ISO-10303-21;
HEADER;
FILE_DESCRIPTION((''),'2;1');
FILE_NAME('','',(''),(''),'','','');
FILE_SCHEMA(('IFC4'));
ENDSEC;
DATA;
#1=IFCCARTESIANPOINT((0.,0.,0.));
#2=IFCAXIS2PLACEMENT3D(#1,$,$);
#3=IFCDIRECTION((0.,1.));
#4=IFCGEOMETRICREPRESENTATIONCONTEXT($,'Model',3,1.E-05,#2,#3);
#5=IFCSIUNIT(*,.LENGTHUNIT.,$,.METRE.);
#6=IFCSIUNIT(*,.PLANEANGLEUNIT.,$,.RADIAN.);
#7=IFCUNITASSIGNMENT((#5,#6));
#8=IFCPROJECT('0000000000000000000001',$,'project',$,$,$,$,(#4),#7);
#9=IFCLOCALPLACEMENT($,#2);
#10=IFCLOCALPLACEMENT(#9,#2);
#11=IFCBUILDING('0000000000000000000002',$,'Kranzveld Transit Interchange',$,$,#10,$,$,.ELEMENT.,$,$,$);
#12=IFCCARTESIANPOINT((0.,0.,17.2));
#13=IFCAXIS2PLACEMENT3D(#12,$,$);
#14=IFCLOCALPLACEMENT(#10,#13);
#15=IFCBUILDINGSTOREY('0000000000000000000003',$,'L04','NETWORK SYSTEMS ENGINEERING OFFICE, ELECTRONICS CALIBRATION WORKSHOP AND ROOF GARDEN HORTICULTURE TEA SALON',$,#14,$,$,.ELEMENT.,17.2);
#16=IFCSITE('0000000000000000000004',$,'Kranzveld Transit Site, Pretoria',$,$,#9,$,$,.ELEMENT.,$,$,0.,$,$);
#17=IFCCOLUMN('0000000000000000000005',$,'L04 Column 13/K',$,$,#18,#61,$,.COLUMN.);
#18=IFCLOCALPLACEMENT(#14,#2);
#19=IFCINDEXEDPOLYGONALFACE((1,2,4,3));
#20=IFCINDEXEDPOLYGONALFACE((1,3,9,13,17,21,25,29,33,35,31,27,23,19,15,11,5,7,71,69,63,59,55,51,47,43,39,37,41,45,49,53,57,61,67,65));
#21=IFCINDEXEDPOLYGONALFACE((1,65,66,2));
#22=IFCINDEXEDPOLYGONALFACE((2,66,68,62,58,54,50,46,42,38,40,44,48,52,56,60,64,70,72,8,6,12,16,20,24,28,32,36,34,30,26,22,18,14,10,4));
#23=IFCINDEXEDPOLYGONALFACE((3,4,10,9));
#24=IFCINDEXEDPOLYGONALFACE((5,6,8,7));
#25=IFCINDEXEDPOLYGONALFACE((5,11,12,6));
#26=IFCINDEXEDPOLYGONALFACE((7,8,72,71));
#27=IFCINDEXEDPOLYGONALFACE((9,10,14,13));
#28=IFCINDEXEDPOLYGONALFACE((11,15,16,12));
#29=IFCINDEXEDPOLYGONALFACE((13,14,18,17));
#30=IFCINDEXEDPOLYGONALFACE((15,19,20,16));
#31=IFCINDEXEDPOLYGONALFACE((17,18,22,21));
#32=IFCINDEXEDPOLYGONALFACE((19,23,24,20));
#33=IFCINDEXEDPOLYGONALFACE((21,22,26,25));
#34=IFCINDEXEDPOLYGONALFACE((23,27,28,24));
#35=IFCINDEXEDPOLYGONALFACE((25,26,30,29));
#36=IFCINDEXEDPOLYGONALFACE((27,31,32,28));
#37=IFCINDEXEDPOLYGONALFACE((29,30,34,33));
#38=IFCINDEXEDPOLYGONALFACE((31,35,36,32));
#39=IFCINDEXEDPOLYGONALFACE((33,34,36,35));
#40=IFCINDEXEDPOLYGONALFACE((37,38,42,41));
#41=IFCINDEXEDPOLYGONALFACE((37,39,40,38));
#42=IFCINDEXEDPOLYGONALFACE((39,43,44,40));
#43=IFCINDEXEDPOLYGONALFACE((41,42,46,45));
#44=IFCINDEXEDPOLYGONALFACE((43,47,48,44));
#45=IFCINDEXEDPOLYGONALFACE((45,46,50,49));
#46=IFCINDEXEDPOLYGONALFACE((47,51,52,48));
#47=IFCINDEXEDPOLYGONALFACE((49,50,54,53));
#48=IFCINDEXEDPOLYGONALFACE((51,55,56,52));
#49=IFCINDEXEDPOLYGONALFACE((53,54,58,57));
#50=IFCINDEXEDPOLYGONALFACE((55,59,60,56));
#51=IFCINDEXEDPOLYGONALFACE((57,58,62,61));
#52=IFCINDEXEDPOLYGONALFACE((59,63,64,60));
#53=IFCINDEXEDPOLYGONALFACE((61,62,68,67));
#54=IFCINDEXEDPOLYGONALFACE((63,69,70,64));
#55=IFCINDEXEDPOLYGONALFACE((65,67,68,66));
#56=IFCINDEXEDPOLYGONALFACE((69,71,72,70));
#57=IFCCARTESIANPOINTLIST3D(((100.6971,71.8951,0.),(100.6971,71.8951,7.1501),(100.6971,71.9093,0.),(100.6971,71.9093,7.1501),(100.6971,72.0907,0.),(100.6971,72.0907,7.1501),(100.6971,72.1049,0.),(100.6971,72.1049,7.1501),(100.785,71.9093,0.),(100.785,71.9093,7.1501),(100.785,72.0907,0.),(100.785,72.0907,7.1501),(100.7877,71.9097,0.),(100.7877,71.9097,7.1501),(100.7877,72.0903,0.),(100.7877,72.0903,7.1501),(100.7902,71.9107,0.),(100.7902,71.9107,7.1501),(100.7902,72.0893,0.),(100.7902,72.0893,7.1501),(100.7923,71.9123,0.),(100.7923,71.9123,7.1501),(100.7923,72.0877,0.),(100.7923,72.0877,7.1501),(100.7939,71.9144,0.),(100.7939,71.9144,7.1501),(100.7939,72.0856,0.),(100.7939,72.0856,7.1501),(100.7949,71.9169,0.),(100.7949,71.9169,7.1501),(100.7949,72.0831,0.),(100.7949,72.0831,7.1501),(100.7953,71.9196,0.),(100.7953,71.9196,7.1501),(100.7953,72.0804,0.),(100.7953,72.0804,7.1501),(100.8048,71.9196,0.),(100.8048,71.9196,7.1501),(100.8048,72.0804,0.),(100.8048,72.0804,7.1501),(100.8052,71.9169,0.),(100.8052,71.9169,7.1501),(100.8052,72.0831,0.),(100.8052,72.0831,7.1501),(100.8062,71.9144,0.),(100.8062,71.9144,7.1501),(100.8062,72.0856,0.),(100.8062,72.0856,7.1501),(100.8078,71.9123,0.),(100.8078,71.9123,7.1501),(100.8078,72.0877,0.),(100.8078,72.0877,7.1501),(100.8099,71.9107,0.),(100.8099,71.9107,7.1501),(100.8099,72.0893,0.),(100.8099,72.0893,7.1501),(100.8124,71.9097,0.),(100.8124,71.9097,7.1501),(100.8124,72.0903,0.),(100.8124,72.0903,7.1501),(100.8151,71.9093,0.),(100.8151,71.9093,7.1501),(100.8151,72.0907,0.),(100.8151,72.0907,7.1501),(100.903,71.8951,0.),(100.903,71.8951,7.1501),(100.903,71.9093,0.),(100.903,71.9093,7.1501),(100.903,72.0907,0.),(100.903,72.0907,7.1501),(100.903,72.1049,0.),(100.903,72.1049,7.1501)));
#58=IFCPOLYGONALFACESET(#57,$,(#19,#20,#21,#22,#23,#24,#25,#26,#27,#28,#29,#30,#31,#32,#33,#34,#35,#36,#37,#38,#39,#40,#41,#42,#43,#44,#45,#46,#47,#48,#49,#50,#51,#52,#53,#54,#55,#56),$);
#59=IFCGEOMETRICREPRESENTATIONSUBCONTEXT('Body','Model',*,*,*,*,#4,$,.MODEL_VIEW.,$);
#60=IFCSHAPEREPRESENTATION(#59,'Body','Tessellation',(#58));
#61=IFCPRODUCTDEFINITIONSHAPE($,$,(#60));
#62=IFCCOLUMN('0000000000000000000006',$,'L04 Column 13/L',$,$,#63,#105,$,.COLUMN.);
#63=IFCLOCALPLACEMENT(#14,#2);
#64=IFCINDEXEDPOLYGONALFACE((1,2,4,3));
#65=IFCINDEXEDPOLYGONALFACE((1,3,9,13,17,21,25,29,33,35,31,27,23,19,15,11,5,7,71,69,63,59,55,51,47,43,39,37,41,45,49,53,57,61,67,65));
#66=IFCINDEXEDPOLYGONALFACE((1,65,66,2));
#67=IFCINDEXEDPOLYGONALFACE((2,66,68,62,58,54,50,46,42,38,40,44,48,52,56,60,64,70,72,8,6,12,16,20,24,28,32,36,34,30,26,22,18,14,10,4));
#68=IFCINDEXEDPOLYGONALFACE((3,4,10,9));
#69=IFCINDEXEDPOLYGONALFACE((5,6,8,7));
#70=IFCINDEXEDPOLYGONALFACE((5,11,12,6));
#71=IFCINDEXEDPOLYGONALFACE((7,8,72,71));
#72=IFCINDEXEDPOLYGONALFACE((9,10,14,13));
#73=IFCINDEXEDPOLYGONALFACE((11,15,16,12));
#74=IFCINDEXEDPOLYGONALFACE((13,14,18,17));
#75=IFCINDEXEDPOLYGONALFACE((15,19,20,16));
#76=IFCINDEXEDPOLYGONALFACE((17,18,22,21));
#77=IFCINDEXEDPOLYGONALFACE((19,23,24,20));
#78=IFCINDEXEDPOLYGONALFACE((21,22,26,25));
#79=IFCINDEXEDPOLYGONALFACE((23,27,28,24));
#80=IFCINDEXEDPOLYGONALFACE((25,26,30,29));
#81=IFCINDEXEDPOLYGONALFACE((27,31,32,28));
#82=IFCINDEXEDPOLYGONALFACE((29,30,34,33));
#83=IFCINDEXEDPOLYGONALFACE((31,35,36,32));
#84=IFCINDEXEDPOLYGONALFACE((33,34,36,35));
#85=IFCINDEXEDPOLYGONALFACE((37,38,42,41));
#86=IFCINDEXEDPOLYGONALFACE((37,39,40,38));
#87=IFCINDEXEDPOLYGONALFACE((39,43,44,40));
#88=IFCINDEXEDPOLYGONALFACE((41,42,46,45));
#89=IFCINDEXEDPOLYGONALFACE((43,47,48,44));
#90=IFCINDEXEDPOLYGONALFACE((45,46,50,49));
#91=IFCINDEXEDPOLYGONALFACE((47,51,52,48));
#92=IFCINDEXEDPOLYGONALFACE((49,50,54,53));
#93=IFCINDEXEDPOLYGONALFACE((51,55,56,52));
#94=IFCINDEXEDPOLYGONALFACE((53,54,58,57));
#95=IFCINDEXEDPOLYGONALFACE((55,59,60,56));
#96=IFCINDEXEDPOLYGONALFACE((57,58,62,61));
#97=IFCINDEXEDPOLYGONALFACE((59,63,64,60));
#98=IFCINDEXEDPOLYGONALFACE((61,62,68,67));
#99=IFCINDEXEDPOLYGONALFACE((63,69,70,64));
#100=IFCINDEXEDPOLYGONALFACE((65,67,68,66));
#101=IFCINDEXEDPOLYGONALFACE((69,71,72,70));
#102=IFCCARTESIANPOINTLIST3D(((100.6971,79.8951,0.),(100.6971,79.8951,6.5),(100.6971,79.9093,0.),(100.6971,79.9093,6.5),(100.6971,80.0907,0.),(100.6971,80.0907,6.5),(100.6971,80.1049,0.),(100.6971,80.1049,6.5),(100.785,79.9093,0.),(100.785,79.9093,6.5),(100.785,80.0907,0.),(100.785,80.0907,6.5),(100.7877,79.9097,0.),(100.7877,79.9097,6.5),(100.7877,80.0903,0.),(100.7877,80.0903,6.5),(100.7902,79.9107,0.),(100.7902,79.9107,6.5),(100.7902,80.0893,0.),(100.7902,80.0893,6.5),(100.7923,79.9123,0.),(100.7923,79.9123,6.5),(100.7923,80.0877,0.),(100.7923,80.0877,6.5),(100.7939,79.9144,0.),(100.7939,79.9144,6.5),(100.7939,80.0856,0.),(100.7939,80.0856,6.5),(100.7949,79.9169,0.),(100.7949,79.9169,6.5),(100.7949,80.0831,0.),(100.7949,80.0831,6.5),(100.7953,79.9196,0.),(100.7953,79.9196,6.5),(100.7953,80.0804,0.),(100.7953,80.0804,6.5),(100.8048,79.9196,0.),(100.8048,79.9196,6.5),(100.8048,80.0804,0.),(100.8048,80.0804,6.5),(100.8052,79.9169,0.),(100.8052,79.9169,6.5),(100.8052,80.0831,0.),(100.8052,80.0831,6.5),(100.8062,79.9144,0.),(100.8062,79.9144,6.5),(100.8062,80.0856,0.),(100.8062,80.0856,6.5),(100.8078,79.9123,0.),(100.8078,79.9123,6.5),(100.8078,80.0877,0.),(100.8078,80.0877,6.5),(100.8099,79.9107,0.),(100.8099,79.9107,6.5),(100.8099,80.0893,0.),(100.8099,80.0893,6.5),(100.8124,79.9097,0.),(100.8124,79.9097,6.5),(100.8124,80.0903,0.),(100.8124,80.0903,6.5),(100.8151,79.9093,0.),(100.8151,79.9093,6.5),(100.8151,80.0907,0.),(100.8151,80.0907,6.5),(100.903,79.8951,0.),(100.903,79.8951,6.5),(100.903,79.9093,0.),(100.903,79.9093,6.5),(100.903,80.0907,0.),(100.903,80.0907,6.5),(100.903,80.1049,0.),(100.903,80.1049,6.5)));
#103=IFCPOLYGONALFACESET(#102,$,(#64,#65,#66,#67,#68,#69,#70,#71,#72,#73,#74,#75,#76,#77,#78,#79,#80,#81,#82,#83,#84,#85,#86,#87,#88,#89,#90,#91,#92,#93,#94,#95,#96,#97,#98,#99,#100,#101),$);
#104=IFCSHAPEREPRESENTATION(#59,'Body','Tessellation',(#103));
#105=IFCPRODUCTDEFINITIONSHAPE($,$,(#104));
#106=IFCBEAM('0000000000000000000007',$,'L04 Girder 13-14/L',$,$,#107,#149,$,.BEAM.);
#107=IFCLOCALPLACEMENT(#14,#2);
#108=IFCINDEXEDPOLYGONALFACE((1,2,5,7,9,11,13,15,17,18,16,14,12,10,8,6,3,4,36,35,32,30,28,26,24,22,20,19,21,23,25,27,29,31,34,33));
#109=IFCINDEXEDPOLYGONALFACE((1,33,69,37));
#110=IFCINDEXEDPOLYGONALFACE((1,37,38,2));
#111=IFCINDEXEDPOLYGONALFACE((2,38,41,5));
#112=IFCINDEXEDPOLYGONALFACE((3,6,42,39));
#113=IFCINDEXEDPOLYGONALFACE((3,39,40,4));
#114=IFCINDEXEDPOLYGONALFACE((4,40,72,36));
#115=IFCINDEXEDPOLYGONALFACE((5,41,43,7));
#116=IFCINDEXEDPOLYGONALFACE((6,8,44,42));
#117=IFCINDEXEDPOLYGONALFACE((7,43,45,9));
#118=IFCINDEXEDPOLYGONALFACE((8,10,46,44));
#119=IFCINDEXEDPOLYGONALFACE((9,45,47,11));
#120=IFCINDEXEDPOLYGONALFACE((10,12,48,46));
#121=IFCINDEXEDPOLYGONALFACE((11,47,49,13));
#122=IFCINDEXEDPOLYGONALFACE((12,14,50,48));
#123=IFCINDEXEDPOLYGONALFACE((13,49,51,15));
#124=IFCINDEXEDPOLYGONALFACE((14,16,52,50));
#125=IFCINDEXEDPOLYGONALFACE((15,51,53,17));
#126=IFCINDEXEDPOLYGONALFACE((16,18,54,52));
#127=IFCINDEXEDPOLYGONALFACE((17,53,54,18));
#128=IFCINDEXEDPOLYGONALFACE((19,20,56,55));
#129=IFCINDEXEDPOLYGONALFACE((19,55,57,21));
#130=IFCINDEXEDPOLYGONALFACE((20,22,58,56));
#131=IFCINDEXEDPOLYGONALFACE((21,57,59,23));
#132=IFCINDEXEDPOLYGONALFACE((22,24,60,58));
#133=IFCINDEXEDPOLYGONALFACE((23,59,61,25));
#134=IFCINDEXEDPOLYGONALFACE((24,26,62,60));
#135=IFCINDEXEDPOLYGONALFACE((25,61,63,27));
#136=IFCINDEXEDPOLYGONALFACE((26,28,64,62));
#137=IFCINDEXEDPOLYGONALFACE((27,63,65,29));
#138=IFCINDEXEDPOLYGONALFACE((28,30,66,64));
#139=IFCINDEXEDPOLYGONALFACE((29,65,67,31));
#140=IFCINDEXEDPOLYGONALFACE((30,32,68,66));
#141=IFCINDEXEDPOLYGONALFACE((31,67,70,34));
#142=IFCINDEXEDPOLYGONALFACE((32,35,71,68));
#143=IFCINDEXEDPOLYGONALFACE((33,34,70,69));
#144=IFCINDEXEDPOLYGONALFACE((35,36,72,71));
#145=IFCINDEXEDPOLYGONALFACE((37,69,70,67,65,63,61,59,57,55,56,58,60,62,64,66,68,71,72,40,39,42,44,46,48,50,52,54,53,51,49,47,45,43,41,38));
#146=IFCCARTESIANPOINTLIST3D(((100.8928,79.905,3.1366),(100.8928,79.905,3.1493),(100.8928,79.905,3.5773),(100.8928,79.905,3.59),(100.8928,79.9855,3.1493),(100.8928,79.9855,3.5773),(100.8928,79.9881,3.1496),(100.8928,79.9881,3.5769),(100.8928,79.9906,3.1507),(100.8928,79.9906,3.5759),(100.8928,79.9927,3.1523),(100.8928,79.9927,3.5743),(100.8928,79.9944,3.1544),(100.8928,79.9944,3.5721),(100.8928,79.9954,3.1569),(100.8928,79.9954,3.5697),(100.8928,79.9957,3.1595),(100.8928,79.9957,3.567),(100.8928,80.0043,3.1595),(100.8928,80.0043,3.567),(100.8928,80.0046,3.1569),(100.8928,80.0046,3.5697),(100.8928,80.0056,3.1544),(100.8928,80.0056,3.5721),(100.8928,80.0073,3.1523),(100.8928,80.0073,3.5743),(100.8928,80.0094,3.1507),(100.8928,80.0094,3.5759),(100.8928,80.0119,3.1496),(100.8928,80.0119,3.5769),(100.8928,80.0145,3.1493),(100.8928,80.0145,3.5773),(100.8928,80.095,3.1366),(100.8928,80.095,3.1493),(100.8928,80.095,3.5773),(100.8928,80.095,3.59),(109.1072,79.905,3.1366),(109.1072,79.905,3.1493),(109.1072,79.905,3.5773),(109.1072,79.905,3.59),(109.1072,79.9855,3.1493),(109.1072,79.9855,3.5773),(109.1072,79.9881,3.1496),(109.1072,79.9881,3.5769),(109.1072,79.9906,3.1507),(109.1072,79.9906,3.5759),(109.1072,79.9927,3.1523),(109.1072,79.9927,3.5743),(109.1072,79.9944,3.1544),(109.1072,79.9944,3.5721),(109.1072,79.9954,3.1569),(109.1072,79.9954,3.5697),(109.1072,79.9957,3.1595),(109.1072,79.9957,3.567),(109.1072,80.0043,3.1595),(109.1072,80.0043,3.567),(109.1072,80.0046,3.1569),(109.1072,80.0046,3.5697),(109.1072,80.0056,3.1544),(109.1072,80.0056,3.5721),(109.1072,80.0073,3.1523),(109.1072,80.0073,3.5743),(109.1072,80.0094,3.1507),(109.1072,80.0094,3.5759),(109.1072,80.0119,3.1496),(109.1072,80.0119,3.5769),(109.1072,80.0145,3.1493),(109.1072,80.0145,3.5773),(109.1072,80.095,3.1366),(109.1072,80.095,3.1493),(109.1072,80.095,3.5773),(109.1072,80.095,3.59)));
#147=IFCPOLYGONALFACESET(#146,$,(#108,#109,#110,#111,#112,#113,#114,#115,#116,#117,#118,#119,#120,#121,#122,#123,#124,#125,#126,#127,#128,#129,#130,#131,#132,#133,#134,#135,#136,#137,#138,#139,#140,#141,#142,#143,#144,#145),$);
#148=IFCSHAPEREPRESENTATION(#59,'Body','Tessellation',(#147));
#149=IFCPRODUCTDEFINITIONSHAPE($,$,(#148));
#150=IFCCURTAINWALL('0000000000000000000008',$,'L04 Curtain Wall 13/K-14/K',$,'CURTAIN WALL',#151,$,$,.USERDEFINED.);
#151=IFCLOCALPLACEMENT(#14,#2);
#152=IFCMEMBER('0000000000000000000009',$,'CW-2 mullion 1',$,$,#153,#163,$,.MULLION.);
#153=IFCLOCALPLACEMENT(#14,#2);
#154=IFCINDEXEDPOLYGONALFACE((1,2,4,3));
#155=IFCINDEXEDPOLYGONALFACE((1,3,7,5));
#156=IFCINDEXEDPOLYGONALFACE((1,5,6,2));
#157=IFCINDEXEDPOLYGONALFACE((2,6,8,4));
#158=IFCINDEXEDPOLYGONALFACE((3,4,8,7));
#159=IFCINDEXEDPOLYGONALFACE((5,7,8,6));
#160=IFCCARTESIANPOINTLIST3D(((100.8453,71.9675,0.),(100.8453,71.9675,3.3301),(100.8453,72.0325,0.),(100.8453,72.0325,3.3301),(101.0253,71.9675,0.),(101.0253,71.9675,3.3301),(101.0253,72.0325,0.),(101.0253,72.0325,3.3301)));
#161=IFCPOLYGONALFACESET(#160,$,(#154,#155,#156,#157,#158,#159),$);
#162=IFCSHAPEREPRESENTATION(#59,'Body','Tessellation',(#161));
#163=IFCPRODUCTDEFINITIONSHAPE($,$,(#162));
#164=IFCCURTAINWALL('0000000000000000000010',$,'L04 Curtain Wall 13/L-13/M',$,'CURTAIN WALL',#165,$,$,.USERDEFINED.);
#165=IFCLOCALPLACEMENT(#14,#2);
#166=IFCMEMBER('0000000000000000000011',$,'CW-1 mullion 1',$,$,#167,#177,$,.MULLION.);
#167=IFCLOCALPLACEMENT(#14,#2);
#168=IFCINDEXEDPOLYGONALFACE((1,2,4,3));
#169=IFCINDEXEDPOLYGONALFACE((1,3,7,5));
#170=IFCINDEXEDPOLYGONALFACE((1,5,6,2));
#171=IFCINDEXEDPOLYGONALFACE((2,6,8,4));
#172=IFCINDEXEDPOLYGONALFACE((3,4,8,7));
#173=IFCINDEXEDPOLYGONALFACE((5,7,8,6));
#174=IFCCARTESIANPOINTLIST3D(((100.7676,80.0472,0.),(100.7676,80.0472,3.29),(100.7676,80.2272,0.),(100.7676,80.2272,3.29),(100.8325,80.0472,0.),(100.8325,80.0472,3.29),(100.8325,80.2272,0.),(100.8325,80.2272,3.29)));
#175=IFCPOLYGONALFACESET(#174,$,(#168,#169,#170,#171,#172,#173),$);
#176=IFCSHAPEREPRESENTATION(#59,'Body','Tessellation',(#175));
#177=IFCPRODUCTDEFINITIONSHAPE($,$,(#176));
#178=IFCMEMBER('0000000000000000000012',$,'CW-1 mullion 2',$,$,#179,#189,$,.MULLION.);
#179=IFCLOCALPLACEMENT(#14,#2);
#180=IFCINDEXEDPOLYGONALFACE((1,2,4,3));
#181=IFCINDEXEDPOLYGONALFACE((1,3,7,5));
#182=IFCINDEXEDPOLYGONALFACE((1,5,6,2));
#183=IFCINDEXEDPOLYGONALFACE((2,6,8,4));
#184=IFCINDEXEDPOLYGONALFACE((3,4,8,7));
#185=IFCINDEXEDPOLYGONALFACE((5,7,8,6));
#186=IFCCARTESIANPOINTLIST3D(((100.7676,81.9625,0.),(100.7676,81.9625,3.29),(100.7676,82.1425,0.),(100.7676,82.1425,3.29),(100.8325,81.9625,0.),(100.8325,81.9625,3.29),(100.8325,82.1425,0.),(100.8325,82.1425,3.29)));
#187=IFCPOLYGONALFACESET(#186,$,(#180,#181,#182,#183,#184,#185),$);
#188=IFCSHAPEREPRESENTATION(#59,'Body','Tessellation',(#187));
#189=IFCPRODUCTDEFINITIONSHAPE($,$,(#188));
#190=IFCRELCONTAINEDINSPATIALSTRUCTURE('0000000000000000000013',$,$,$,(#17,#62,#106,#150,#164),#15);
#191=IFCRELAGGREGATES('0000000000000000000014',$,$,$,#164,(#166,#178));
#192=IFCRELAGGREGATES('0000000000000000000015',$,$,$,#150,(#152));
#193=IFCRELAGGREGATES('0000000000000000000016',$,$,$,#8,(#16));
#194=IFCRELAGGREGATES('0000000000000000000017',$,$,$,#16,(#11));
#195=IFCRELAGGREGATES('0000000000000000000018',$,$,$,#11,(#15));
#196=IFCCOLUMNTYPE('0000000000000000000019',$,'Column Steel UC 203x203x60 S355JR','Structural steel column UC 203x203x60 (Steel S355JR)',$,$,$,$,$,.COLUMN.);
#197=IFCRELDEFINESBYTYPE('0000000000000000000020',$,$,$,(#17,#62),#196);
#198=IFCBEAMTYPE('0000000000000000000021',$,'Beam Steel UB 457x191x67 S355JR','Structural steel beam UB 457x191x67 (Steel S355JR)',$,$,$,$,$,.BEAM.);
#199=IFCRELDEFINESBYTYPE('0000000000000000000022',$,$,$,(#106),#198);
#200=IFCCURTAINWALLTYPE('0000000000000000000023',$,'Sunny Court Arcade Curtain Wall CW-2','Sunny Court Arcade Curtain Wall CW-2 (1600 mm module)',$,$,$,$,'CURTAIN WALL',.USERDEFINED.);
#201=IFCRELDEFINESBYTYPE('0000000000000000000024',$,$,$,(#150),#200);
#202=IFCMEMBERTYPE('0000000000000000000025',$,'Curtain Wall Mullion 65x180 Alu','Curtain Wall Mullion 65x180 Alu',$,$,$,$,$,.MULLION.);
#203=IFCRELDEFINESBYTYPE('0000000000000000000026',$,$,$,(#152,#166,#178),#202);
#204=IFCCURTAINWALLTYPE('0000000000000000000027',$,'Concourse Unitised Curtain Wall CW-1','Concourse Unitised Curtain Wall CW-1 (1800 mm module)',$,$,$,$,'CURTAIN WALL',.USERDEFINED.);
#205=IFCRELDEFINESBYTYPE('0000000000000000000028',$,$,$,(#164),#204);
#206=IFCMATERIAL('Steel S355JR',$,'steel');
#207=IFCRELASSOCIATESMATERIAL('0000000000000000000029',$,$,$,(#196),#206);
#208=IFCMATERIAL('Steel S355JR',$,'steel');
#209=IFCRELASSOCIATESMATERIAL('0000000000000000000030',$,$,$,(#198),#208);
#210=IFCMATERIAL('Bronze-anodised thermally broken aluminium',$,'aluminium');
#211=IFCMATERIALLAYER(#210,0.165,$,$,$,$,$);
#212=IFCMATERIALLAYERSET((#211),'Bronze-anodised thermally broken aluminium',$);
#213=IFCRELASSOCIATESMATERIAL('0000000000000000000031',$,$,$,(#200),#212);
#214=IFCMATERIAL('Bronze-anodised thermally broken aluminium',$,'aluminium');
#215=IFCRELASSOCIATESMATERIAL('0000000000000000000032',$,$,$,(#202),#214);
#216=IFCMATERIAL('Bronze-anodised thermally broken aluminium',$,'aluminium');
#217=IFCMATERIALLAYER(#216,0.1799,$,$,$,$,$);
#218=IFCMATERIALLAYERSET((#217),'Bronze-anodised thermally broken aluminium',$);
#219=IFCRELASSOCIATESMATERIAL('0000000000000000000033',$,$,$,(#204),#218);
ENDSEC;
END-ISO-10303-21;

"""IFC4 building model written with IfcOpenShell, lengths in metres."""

from ifc_helpers import new_model, si_unit, direction, frame, origin, origin_2d, place, context, subcontext, project, spatial, rectangle, i_section, extrude, material, layer, layer_set, material_profile, profile_set, type_object, element, aggregate, save


model = new_model("IFC4")

# Units and contexts
model_context = context("Model", 3, precision=1e-05, world=origin(), true_north=direction((0.0, 1.0)))
body_context = subcontext(model_context, "Body", "Model", "MODEL_VIEW")
ifc_project = project(units=[si_unit("LENGTHUNIT", "METRE"), si_unit("PLANEANGLEUNIT", "RADIAN")], contexts=[model_context])

# Site, building, storey
site_placement = place(None, origin())
site = spatial("IfcSite", under=ifc_project, at=site_placement, Name="Kranzveld Transit Site, Pretoria", CompositionType="ELEMENT", RefElevation=0.0)
building_placement = place(site_placement, origin())
building = spatial("IfcBuilding", under=site, at=building_placement, Name="Kranzveld Transit Interchange", CompositionType="ELEMENT")
storey_placement = place(building_placement, frame((0.0, 0.0, 17.2)))
storey = spatial("IfcBuildingStorey", under=building, at=storey_placement, Name="L04", Description="NETWORK SYSTEMS ENGINEERING OFFICE, ELECTRONICS CALIBRATION WORKSHOP AND ROOF GARDEN HORTICULTURE TEA SALON", CompositionType="ELEMENT", Elevation=17.2)

# Columns
ifc_material_1 = material(Name="Steel S355JR", Category="steel")
ifc_material_profile_1 = material_profile(ifc_material_1, i_section(OverallWidth=0.2058, OverallDepth=0.2097, WebThickness=0.0095, FlangeThickness=0.0142, FilletRadius=0.0103, at=origin_2d()), Name="UC 203x203x60")
ifc_profile_set_1 = profile_set([ifc_material_profile_1], Name="Steel S355JR")
column_type = type_object("IfcColumnType", Name="Column Steel UC 203x203x60 S355JR", Description="Structural steel column UC 203x203x60 (Steel S355JR)", PredefinedType="COLUMN", material=ifc_profile_set_1)
column_1_placement = place(storey_placement, frame((100.8, 72.0, 0.0), z_axis=(0.0, 0.0, 1.0), x_axis=(1.0, 0.0, 0.0)))
element("IfcColumn", 1, at=column_1_placement, inside=storey, type_object=column_type, Name="L04 Column 13/K", PredefinedType="COLUMN", context=body_context, shape_type="SweptSolid", body=[
    extrude(i_section(OverallWidth=0.2058, OverallDepth=0.2097, WebThickness=0.0095, FlangeThickness=0.0142, FilletRadius=0.0103, at=origin_2d()), origin(), (0.0, 0.0, 1.0), 7.1501),
])
column_2_placement = place(storey_placement, frame((100.8, 80.0, 0.0), z_axis=(0.0, 0.0, 1.0), x_axis=(1.0, 0.0, 0.0)))
element("IfcColumn", 2, at=column_2_placement, inside=storey, type_object=column_type, Name="L04 Column 13/L", PredefinedType="COLUMN", context=body_context, shape_type="SweptSolid", body=[
    extrude(i_section(OverallWidth=0.2058, OverallDepth=0.2097, WebThickness=0.0095, FlangeThickness=0.0142, FilletRadius=0.0103, at=origin_2d()), origin(), (0.0, 0.0, 1.0), 6.5),
])

# Beam
ifc_material_2 = material(Name="Steel S355JR", Category="steel")
ifc_material_profile_2 = material_profile(ifc_material_2, i_section(OverallWidth=0.1899, OverallDepth=0.4534, WebThickness=0.0085, FlangeThickness=0.0127, FilletRadius=0.0103, at=origin_2d()), Name="UB 457x191x67")
ifc_profile_set_2 = profile_set([ifc_material_profile_2], Name="Steel S355JR")
beam_type_1 = type_object("IfcBeamType", Name="Beam Steel UB 457x191x67 S355JR", Description="Structural steel beam UB 457x191x67 (Steel S355JR)", PredefinedType="BEAM", material=ifc_profile_set_2)
beam_1_placement = place(storey_placement, frame((100.8928, 80.0, 3.3633), z_axis=(1.0, 0.0, 0.0), x_axis=(0.0, 1.0, 0.0)))
element("IfcBeam", 3, at=beam_1_placement, inside=storey, type_object=beam_type_1, Name="L04 Girder 13-14/L", PredefinedType="BEAM", context=body_context, shape_type="SweptSolid", body=[
    extrude(i_section(OverallWidth=0.1899, OverallDepth=0.4534, WebThickness=0.0085, FlangeThickness=0.0127, FilletRadius=0.0103, at=origin_2d()), origin(), (0.0, 0.0, 1.0), 8.2144),
])

# Curtain wall, member
ifc_material_3 = material(Name="Bronze-anodised thermally broken aluminium", Category="aluminium")
ifc_layer_1 = layer(ifc_material_3, 0.165)
ifc_layer_set_1 = layer_set([ifc_layer_1], Name="Bronze-anodised thermally broken aluminium")
curtain_wall_type_1 = type_object("IfcCurtainWallType", Name="Sunny Court Arcade Curtain Wall CW-2", Description="Sunny Court Arcade Curtain Wall CW-2 (1600 mm module)", ElementType="CURTAIN WALL", PredefinedType="USERDEFINED", material=ifc_layer_set_1)
curtain_wall_1_placement = place(storey_placement, origin())
curtain_wall_1 = element("IfcCurtainWall", 4, at=curtain_wall_1_placement, inside=storey, type_object=curtain_wall_type_1, Name="L04 Curtain Wall 13/K-14/K", ObjectType="CURTAIN WALL", PredefinedType="USERDEFINED")
ifc_material_4 = material(Name="Bronze-anodised thermally broken aluminium", Category="aluminium")
ifc_material_profile_3 = material_profile(ifc_material_4, rectangle(XDim=0.0649, YDim=0.1799, at=origin_2d()), Name="ALU MULLION 65x180")
ifc_profile_set_3 = profile_set([ifc_material_profile_3], Name="Bronze-anodised thermally broken aluminium")
member_type_1 = type_object("IfcMemberType", Name="Curtain Wall Mullion 65x180 Alu", Description="Curtain Wall Mullion 65x180 Alu", PredefinedType="MULLION", material=ifc_profile_set_3)
member_1_placement = place(storey_placement, frame((100.9353, 72.0, 0.0), z_axis=(0.0, 0.0, 1.0), x_axis=(0.0, 1.0, 0.0)))
member_1 = element("IfcMember", 5, at=member_1_placement, type_object=member_type_1, Name="CW-2 mullion 1", PredefinedType="MULLION", context=body_context, shape_type="SweptSolid", body=[
    extrude(rectangle(XDim=0.0649, YDim=0.1799, at=origin_2d()), origin(), (0.0, 0.0, 1.0), 3.3301),
])

# Curtain wall, members
ifc_material_5 = material(Name="Bronze-anodised thermally broken aluminium", Category="aluminium")
ifc_layer_2 = layer(ifc_material_5, 0.1799)
ifc_layer_set_2 = layer_set([ifc_layer_2], Name="Bronze-anodised thermally broken aluminium")
curtain_wall_type_2 = type_object("IfcCurtainWallType", Name="Concourse Unitised Curtain Wall CW-1", Description="Concourse Unitised Curtain Wall CW-1 (1800 mm module)", ElementType="CURTAIN WALL", PredefinedType="USERDEFINED", material=ifc_layer_set_2)
curtain_wall_2_placement = place(storey_placement, origin())
curtain_wall_2 = element("IfcCurtainWall", 6, at=curtain_wall_2_placement, inside=storey, type_object=curtain_wall_type_2, Name="L04 Curtain Wall 13/L-13/M", ObjectType="CURTAIN WALL", PredefinedType="USERDEFINED")
member_2_placement = place(storey_placement, frame((100.8, 80.1372, 0.0), z_axis=(0.0, 0.0, 1.0), x_axis=(-1.0, 0.0, 0.0)))
member_2 = element("IfcMember", 7, at=member_2_placement, type_object=member_type_1, Name="CW-1 mullion 1", PredefinedType="MULLION", context=body_context, shape_type="SweptSolid", body=[
    extrude(rectangle(XDim=0.0649, YDim=0.1799, at=origin_2d()), origin(), (0.0, 0.0, 1.0), 3.29),
])
member_3_placement = place(storey_placement, frame((100.8, 82.0525, 0.0), z_axis=(0.0, 0.0, 1.0), x_axis=(-1.0, 0.0, 0.0)))
member_3 = element("IfcMember", 8, at=member_3_placement, type_object=member_type_1, Name="CW-1 mullion 2", PredefinedType="MULLION", context=body_context, shape_type="SweptSolid", body=[
    extrude(rectangle(XDim=0.0649, YDim=0.1799, at=origin_2d()), origin(), (0.0, 0.0, 1.0), 3.29),
])

aggregate(curtain_wall_2, [member_2, member_3])
aggregate(curtain_wall_1, [member_1])

save(model, "model.ifc")
